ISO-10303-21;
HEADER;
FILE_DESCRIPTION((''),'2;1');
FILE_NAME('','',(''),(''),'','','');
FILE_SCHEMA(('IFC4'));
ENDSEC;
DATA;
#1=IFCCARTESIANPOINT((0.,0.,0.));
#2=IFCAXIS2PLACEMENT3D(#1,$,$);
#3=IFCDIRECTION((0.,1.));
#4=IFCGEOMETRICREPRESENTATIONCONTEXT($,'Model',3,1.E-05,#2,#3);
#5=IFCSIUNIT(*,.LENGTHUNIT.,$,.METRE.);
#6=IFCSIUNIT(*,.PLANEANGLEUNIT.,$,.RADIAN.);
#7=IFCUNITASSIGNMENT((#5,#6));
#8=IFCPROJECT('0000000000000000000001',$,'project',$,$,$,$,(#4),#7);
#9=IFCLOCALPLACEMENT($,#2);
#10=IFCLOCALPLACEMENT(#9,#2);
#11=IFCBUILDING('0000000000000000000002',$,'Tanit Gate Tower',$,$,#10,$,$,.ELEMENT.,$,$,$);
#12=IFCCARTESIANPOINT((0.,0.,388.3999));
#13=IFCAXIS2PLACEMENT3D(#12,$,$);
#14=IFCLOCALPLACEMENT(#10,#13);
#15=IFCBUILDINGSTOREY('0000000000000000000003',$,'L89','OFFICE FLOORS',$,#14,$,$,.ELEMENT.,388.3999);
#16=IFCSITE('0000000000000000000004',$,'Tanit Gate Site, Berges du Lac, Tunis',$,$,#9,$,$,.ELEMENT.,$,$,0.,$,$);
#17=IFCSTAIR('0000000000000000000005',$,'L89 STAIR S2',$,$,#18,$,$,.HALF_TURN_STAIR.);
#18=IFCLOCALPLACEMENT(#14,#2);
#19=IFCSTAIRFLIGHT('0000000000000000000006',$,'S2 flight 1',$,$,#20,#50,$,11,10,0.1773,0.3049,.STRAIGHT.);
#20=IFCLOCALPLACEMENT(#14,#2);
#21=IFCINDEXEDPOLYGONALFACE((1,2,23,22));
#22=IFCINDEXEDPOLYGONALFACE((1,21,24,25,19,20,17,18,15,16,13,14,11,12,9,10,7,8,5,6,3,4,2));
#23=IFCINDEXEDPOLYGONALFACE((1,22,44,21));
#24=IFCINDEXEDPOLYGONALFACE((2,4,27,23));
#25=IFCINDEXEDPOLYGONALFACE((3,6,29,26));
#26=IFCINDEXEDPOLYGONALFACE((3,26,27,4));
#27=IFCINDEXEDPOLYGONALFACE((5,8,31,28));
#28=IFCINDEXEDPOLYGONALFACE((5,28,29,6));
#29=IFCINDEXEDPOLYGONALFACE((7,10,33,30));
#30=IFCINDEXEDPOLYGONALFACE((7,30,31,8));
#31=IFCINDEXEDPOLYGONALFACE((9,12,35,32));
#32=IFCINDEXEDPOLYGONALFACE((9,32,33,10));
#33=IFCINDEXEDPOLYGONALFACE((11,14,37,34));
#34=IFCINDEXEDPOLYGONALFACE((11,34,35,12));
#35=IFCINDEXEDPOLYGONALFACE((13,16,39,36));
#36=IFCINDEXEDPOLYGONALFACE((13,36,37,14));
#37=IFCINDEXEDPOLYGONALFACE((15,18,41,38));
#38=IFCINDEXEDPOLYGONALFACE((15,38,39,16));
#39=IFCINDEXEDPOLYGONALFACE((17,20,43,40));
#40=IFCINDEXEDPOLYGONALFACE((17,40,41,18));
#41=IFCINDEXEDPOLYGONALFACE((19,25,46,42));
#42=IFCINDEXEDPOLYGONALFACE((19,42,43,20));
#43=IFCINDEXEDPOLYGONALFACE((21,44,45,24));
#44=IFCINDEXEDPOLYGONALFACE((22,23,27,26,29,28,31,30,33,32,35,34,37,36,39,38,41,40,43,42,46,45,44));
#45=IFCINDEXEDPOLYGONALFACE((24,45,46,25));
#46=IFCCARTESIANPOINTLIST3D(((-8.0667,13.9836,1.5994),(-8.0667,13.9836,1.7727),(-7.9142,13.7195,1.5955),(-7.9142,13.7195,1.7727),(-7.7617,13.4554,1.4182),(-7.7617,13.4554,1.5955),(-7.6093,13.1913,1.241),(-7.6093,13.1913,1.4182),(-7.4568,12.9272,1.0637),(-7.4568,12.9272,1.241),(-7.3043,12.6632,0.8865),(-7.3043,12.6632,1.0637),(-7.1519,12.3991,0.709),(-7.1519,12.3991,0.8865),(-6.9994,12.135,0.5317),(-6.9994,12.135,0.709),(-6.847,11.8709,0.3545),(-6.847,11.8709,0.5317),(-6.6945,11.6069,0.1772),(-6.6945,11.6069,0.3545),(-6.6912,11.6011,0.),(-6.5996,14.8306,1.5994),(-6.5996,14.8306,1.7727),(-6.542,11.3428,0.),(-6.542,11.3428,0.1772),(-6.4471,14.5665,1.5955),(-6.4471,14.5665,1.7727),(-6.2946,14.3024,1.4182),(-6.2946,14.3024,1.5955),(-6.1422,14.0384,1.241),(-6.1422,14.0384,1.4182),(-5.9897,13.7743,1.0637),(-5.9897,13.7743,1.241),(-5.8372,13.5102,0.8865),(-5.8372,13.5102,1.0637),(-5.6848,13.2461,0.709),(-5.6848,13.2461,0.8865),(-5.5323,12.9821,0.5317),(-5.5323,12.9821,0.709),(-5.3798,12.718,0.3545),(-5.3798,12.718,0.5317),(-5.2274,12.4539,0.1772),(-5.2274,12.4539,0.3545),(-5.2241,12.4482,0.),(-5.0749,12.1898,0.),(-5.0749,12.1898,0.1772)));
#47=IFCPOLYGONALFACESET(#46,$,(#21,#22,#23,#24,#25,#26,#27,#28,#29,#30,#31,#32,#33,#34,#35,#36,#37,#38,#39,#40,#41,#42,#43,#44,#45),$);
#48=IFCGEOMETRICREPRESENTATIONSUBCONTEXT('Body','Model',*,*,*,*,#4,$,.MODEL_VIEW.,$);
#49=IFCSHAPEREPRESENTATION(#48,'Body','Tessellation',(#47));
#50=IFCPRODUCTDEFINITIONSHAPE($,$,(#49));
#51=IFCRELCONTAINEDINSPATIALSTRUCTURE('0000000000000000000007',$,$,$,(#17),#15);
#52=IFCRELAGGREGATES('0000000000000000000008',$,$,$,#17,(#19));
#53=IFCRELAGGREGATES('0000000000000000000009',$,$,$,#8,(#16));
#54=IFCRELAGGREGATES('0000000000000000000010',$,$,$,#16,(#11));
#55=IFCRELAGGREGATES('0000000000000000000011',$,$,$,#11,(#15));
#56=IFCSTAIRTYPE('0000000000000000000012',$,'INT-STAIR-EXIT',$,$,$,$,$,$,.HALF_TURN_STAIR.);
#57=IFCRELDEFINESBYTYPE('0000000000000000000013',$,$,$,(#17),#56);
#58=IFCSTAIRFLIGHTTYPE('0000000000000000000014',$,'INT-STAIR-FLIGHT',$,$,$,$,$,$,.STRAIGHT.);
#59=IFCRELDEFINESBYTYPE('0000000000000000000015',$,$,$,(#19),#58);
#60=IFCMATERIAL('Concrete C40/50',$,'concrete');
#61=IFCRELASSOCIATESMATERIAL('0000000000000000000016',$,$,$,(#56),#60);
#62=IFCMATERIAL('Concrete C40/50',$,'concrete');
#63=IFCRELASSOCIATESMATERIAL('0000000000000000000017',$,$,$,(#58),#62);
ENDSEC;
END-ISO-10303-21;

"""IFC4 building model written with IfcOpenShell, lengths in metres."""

from ifc_helpers import new_model, si_unit, direction, frame, origin, place, context, subcontext, project, spatial, polyline, outline, extrude, material, type_object, element, aggregate, save


model = new_model("IFC4")

# Units and contexts
model_context = context("Model", 3, precision=1e-05, world=origin(), true_north=direction((0.0, 1.0)))
body_context = subcontext(model_context, "Body", "Model", "MODEL_VIEW")
ifc_project = project(units=[si_unit("LENGTHUNIT", "METRE"), si_unit("PLANEANGLEUNIT", "RADIAN")], contexts=[model_context])

# Site, building, storey
site_placement = place(None, origin())
site = spatial("IfcSite", under=ifc_project, at=site_placement, Name="Tanit Gate Site, Berges du Lac, Tunis", CompositionType="ELEMENT", RefElevation=0.0)
building_placement = place(site_placement, origin())
building = spatial("IfcBuilding", under=site, at=building_placement, Name="Tanit Gate Tower", CompositionType="ELEMENT")
storey_placement = place(building_placement, frame((0.0, 0.0, 388.3999)))
storey = spatial("IfcBuildingStorey", under=building, at=storey_placement, Name="L89", Description="OFFICE FLOORS", CompositionType="ELEMENT", Elevation=388.3999)

# Stair, stair flight
ifc_material_1 = material(Name="Concrete C40/50", Category="concrete")
stair_type = type_object("IfcStairType", Name="INT-STAIR-EXIT", PredefinedType="HALF_TURN_STAIR", material=ifc_material_1)
stair_placement = place(storey_placement, origin())
stair = element("IfcStair", 1, at=stair_placement, inside=storey, type_object=stair_type, Name="L89 STAIR S2", PredefinedType="HALF_TURN_STAIR")
ifc_material_2 = material(Name="Concrete C40/50", Category="concrete")
stair_flight_type = type_object("IfcStairFlightType", Name="INT-STAIR-FLIGHT", PredefinedType="STRAIGHT", material=ifc_material_2)
stair_flight_placement = place(storey_placement, frame((-5.8083, 11.7664, 0.0), z_axis=(0.0, 0.0, 1.0), x_axis=(-0.5, 0.866025, 0.0)))
stair_flight = element("IfcStairFlight", 2, at=stair_flight_placement, type_object=stair_flight_type, Name="S2 flight 1", NumberOfRisers=11, NumberOfTreads=10, PredefinedType="STRAIGHT", RiserHeight=0.1773, TreadLength=0.3049, context=body_context, shape_type="SweptSolid", body=[
    extrude(outline(polyline([(0.0, 0.0), (0.0, 0.1772), (0.3049, 0.1772), (0.3049, 0.3545), (0.6099, 0.3545), (0.6099, 0.5317), (0.9148, 0.5317), (0.9148, 0.709), (1.2197, 0.709), (1.2197, 0.8865), (1.5247, 0.8865), (1.5247, 1.0637), (1.8296, 1.0637), (1.8296, 1.241), (2.1345, 1.241), (2.1345, 1.4182), (2.4395, 1.4182), (2.4395, 1.5955), (2.7444, 1.5955), (2.7444, 1.7727), (3.0493, 1.7727), (3.0493, 1.95), (3.0493, 1.5994), (0.2983, 0.0), (0.0, 0.0)])), frame((0.0, 0.8472, 0.0), z_axis=(0.0, -1.0, 0.0), x_axis=(1.0, 0.0, 0.0)), (0.0, 0.0, 1.0), 1.6941),
])
aggregate(stair, [stair_flight])

save(model, "model.ifc")
